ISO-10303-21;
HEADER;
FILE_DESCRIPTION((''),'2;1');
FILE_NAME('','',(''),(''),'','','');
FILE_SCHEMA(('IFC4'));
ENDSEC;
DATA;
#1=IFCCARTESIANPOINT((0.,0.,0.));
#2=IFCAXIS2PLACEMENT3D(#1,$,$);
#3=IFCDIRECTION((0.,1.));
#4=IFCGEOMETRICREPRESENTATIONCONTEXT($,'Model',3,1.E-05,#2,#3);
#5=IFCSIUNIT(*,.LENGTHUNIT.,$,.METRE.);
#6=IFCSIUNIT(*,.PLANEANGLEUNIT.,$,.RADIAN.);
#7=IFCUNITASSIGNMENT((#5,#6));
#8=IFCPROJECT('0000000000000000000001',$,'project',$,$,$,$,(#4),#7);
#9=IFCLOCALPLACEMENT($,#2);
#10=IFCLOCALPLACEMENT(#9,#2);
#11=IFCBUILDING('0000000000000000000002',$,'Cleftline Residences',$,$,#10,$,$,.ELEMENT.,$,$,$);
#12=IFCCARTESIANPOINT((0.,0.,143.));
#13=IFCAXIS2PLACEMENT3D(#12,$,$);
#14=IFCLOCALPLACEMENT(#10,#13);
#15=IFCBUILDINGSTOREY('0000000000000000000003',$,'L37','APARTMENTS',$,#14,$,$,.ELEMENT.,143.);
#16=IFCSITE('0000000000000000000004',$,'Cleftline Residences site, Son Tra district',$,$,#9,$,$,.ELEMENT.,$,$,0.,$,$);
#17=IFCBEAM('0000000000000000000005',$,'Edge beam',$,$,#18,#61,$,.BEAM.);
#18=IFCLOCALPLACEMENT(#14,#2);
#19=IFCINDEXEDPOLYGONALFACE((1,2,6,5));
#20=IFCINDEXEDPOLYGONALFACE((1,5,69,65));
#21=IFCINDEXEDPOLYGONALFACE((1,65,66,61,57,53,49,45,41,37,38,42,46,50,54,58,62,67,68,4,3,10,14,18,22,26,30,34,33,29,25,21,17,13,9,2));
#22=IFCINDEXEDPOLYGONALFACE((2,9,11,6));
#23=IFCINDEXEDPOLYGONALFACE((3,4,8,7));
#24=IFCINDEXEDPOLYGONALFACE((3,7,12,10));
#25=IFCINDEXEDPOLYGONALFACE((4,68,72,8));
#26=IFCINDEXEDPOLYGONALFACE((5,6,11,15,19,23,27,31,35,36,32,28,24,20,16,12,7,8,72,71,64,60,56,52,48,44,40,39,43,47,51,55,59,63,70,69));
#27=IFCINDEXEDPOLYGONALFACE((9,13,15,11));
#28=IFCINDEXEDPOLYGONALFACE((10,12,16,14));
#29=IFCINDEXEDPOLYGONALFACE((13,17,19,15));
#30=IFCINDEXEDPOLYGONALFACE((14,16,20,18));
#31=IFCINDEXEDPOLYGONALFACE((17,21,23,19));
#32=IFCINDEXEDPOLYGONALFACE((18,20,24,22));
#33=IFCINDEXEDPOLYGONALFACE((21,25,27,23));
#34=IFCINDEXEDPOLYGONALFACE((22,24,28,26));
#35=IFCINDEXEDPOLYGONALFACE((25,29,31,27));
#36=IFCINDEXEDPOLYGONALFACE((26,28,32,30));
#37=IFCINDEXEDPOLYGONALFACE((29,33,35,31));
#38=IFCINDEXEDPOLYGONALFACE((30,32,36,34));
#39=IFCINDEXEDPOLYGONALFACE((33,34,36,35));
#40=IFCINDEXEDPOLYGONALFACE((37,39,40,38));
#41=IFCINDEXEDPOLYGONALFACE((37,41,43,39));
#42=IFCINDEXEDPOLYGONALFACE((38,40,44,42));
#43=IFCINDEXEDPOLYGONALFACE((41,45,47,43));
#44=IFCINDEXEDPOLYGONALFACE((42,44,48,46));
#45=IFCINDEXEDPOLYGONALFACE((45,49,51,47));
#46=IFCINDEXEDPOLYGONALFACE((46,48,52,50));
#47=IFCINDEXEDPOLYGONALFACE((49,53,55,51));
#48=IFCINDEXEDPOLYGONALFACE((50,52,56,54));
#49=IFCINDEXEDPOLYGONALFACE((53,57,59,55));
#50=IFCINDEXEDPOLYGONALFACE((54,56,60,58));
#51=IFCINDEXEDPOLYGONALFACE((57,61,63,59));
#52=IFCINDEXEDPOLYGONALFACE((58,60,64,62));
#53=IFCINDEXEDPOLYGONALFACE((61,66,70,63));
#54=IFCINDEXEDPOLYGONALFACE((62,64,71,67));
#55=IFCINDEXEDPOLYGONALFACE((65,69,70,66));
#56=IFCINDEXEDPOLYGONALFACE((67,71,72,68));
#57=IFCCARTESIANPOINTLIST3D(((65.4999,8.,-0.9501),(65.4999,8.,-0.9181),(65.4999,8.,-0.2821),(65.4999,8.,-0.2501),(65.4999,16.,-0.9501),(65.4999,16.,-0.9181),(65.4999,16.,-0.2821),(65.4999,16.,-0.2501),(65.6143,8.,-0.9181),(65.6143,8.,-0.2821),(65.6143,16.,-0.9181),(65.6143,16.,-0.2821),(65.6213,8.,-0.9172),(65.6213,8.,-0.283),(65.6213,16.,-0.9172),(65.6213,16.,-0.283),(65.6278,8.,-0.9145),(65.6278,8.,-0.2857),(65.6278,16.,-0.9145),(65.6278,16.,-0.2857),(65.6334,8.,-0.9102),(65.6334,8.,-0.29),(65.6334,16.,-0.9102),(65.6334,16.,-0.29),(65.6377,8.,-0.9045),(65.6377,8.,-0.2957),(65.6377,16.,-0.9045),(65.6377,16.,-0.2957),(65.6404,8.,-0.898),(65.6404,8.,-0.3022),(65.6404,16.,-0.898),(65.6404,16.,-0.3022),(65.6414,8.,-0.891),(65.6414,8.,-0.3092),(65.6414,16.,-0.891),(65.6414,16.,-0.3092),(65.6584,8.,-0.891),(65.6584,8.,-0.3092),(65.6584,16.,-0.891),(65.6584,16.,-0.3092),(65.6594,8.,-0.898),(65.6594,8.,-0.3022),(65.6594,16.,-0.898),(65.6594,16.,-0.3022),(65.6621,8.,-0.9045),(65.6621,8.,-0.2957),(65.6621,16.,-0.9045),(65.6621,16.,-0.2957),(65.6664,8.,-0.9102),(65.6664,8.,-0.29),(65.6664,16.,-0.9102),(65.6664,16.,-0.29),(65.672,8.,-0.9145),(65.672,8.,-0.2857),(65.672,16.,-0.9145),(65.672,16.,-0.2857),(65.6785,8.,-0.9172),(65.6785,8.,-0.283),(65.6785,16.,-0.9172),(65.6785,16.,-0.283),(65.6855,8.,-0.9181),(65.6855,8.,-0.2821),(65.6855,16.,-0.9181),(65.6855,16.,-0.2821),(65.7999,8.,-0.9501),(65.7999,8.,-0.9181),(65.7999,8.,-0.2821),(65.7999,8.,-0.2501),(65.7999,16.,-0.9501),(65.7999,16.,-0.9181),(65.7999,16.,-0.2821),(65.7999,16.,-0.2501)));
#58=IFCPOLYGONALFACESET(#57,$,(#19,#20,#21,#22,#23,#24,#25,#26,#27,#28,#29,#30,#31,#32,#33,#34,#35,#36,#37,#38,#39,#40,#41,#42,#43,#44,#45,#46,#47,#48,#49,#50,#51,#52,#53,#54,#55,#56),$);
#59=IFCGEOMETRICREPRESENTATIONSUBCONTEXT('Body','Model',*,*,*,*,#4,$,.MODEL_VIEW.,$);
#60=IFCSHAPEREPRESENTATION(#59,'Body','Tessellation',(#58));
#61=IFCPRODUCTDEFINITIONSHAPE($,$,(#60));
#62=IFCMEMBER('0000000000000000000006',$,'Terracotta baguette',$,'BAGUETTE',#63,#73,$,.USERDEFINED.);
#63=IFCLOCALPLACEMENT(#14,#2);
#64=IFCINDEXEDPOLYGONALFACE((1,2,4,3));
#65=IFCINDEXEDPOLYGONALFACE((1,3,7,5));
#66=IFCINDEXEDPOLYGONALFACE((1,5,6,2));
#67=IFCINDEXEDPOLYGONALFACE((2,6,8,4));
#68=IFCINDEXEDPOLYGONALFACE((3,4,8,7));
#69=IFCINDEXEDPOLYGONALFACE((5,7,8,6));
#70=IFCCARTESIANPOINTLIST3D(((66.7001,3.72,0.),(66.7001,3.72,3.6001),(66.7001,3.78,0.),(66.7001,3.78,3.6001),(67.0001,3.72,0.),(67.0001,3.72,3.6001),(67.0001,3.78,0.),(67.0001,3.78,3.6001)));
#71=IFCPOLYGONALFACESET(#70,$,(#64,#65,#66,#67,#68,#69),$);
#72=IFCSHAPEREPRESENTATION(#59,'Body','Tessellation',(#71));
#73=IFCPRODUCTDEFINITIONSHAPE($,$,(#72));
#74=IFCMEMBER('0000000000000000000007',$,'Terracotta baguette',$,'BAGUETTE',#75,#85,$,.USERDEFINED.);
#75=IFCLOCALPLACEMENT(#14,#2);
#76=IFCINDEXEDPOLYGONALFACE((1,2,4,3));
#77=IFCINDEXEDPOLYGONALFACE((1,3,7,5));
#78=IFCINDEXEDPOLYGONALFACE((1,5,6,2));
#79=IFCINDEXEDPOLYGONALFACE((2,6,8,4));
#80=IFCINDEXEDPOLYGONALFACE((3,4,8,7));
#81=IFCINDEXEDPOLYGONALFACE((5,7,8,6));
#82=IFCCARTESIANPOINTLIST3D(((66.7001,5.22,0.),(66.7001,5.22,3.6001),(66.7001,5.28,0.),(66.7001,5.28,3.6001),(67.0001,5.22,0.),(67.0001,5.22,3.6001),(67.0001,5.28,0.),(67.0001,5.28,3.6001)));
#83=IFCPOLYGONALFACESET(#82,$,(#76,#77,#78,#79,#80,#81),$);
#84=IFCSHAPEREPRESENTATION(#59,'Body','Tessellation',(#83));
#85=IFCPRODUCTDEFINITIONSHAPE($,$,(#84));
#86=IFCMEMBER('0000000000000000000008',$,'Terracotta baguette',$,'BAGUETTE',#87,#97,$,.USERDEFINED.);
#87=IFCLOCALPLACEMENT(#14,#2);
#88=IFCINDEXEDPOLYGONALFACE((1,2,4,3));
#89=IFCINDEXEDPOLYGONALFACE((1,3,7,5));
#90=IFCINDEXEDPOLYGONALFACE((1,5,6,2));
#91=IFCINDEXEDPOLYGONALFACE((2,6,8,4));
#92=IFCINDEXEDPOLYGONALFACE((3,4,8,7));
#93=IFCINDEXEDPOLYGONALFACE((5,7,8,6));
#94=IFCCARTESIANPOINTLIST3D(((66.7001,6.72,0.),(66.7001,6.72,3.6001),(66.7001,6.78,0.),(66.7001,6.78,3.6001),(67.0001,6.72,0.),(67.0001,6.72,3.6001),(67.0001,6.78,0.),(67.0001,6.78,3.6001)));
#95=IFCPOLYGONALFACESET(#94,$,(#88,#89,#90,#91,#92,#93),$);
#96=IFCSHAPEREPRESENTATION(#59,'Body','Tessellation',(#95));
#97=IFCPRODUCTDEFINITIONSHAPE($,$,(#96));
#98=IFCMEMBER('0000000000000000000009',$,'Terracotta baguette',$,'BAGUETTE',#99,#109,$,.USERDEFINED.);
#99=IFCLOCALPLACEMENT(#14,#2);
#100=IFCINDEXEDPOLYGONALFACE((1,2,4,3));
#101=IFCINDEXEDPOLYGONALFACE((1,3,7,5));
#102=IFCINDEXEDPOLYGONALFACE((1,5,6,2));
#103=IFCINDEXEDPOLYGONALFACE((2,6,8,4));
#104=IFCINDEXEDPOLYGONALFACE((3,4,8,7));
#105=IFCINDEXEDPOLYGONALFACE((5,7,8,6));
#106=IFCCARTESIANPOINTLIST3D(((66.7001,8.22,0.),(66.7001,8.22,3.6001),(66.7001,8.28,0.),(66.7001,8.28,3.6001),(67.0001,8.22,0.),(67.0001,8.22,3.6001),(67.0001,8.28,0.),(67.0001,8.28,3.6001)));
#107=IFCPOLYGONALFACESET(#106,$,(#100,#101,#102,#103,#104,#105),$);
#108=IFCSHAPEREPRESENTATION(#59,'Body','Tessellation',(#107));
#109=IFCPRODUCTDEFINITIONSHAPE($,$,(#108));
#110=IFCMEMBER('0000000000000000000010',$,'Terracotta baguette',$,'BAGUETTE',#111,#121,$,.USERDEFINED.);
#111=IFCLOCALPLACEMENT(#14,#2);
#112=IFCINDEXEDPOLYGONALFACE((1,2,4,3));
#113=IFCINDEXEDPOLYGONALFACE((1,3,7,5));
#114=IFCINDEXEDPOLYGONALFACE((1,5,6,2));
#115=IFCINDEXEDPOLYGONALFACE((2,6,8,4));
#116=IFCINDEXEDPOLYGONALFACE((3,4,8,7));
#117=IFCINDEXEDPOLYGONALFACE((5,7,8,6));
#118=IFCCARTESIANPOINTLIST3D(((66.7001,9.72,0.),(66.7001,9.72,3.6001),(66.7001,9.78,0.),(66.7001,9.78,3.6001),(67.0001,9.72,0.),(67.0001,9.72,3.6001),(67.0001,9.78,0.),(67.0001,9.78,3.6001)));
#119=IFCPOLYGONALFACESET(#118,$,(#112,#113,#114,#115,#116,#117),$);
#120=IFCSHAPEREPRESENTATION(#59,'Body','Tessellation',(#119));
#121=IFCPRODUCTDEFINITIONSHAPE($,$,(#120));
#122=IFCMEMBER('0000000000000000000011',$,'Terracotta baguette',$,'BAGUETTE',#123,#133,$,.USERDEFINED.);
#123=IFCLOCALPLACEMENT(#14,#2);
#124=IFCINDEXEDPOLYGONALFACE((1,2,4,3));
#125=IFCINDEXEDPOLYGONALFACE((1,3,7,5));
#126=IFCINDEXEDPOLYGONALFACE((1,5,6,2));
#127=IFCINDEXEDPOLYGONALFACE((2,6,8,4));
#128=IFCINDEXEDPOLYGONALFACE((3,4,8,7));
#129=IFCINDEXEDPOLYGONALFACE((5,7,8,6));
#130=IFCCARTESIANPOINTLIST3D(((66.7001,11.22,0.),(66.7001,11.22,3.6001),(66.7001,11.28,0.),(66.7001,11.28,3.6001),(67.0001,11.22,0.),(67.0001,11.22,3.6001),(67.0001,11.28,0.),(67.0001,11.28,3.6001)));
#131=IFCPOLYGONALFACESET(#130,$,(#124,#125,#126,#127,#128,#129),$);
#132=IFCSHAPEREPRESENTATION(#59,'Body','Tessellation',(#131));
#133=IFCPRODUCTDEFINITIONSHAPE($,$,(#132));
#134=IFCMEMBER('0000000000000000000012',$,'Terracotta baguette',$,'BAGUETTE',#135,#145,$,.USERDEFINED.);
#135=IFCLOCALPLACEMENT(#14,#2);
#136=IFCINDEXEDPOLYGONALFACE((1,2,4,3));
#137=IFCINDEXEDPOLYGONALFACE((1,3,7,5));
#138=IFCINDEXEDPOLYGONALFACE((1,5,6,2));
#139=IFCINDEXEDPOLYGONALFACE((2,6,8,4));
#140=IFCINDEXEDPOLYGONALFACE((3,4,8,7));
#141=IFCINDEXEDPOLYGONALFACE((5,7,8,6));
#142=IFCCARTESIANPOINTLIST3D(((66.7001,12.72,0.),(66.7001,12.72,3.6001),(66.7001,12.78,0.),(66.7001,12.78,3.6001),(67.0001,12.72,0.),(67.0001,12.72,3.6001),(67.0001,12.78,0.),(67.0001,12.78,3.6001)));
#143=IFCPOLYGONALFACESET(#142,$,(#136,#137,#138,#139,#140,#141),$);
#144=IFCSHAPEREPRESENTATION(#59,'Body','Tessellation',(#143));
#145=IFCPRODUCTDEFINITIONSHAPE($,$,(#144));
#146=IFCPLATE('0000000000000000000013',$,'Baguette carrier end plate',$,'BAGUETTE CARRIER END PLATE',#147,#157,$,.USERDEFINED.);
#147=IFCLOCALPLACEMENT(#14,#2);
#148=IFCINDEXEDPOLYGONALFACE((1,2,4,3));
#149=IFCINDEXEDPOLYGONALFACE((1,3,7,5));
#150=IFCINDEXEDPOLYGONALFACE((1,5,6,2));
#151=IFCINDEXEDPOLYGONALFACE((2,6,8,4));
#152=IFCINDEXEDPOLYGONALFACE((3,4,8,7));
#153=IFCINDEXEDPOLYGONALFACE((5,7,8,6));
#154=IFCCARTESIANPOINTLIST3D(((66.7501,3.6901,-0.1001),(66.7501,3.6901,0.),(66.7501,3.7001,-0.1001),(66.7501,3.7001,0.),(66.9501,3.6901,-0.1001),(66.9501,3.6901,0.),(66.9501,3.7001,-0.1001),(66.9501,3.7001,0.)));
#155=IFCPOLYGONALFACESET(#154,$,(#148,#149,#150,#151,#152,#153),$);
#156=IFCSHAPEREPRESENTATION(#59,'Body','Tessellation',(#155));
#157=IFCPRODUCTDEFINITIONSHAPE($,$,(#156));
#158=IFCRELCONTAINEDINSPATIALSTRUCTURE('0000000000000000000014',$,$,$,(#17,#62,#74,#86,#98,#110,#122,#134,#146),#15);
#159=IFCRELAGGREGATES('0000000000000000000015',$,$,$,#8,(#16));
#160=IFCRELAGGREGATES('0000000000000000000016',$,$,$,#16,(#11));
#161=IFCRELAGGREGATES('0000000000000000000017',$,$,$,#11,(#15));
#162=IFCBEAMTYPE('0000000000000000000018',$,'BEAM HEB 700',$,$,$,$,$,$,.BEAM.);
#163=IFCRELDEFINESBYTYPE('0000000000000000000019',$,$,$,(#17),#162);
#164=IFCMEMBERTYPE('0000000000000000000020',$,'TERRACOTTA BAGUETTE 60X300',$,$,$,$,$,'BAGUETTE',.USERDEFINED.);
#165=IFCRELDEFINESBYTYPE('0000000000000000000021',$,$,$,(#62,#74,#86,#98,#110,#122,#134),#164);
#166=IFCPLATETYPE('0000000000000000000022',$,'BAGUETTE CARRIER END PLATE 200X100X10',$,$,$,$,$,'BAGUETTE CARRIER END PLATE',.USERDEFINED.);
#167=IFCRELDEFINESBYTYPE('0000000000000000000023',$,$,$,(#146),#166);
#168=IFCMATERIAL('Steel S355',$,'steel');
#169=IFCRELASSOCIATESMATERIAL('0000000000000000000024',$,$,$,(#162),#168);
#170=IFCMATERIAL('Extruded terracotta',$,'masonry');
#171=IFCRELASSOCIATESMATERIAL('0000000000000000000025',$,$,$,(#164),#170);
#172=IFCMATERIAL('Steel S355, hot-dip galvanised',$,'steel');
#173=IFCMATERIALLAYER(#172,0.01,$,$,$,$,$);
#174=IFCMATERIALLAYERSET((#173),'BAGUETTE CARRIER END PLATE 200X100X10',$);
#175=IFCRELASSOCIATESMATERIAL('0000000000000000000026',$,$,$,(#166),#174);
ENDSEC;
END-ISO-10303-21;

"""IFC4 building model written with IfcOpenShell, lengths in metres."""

from ifc_helpers import new_model, si_unit, direction, frame, origin, origin_2d, place, context, subcontext, project, spatial, rectangle, i_section, extrude, material, layer, layer_set, material_profile, profile_set, type_object, element, save


model = new_model("IFC4")

# Units and contexts
model_context = context("Model", 3, precision=1e-05, world=origin(), true_north=direction((0.0, 1.0)))
body_context = subcontext(model_context, "Body", "Model", "MODEL_VIEW")
ifc_project = project(units=[si_unit("LENGTHUNIT", "METRE"), si_unit("PLANEANGLEUNIT", "RADIAN")], contexts=[model_context])

# Site, building, storey
site_placement = place(None, origin())
site = spatial("IfcSite", under=ifc_project, at=site_placement, Name="Cleftline Residences site, Son Tra district", CompositionType="ELEMENT", RefElevation=0.0)
building_placement = place(site_placement, origin())
building = spatial("IfcBuilding", under=site, at=building_placement, Name="Cleftline Residences", CompositionType="ELEMENT")
storey_placement = place(building_placement, frame((0.0, 0.0, 143.0)))
storey = spatial("IfcBuildingStorey", under=building, at=storey_placement, Name="L37", Description="APARTMENTS", CompositionType="ELEMENT", Elevation=143.0)

# Beam
ifc_material_1 = material(Name="Steel S355", Category="steel")
ifc_material_profile_1 = material_profile(ifc_material_1, i_section(OverallWidth=0.3, OverallDepth=0.7, WebThickness=0.0171, FlangeThickness=0.032, FilletRadius=0.0271, at=origin_2d()))
ifc_profile_set_1 = profile_set([ifc_material_profile_1], Name="Steel S355")
beam_type = type_object("IfcBeamType", Name="BEAM HEB 700", PredefinedType="BEAM", material=ifc_profile_set_1)
beam_placement = place(storey_placement, frame((65.6499, 8.0, -0.6001), z_axis=(0.0, 1.0, 0.0), x_axis=(-1.0, 0.0, 0.0)))
element("IfcBeam", 1, at=beam_placement, inside=storey, type_object=beam_type, Name="Edge beam", PredefinedType="BEAM", context=body_context, shape_type="SweptSolid", body=[
    extrude(i_section(OverallWidth=0.3, OverallDepth=0.7, WebThickness=0.0171, FlangeThickness=0.032, FilletRadius=0.0271, at=origin_2d()), origin(), (0.0, 0.0, 1.0), 8.0),
])

# Members
ifc_material_2 = material(Name="Extruded terracotta", Category="masonry")
ifc_material_profile_2 = material_profile(ifc_material_2, rectangle(XDim=0.0601, YDim=0.3, at=origin_2d()))
ifc_profile_set_2 = profile_set([ifc_material_profile_2], Name="Extruded terracotta")
member_type_1 = type_object("IfcMemberType", Name="TERRACOTTA BAGUETTE 60X300", ElementType="BAGUETTE", PredefinedType="USERDEFINED", material=ifc_profile_set_2)
for number, where, z_axis, x_axis, name in (
    (2, (66.8501, 3.75, 0.0), (0.0, 0.0, 1.0), (0.0, 1.0, 0.0), "Terracotta baguette"),
    (3, (66.8501, 5.25, 0.0), (0.0, 0.0, 1.0), (0.0, 1.0, 0.0), "Terracotta baguette"),
    (4, (66.8501, 6.75, 0.0), (0.0, 0.0, 1.0), (0.0, 1.0, 0.0), "Terracotta baguette"),
    (5, (66.8501, 8.25, 0.0), (0.0, 0.0, 1.0), (0.0, 1.0, 0.0), "Terracotta baguette"),
    (6, (66.8501, 9.75, 0.0), (0.0, 0.0, 1.0), (0.0, 1.0, 0.0), "Terracotta baguette"),
    (7, (66.8501, 11.25, 0.0), (0.0, 0.0, 1.0), (0.0, 1.0, 0.0), "Terracotta baguette"),
    (8, (66.8501, 12.75, 0.0), (0.0, 0.0, 1.0), (0.0, 1.0, 0.0), "Terracotta baguette"),
):
    element("IfcMember", number, at=place(storey_placement, frame(where, z_axis=z_axis, x_axis=x_axis)), inside=storey, type_object=member_type_1, Name=name, ObjectType="BAGUETTE", PredefinedType="USERDEFINED", context=body_context, shape_type="SweptSolid", body=[
        extrude(rectangle(XDim=0.0601, YDim=0.3, at=origin_2d()), origin(), (0.0, 0.0, 1.0), 3.6001),
    ])

# Plate
ifc_material_3 = material(Name="Steel S355, hot-dip galvanised", Category="steel")
ifc_layer_1 = layer(ifc_material_3, 0.01)
ifc_layer_set_1 = layer_set([ifc_layer_1], Name="BAGUETTE CARRIER END PLATE 200X100X10")
plate_type = type_object("IfcPlateType", Name="BAGUETTE CARRIER END PLATE 200X100X10", ElementType="BAGUETTE CARRIER END PLATE", PredefinedType="USERDEFINED", material=ifc_layer_set_1)
plate_placement = place(storey_placement, frame((66.8501, 3.6951, -0.1001), z_axis=(0.0, 0.0, 1.0), x_axis=(1.0, 0.0, 0.0)))
element("IfcPlate", 9, at=plate_placement, inside=storey, type_object=plate_type, Name="Baguette carrier end plate", ObjectType="BAGUETTE CARRIER END PLATE", PredefinedType="USERDEFINED", context=body_context, shape_type="SweptSolid", body=[
    extrude(rectangle(XDim=0.2, YDim=0.01, at=origin_2d()), origin(), (0.0, 0.0, 1.0), 0.1001),
])

save(model, "model.ifc")
